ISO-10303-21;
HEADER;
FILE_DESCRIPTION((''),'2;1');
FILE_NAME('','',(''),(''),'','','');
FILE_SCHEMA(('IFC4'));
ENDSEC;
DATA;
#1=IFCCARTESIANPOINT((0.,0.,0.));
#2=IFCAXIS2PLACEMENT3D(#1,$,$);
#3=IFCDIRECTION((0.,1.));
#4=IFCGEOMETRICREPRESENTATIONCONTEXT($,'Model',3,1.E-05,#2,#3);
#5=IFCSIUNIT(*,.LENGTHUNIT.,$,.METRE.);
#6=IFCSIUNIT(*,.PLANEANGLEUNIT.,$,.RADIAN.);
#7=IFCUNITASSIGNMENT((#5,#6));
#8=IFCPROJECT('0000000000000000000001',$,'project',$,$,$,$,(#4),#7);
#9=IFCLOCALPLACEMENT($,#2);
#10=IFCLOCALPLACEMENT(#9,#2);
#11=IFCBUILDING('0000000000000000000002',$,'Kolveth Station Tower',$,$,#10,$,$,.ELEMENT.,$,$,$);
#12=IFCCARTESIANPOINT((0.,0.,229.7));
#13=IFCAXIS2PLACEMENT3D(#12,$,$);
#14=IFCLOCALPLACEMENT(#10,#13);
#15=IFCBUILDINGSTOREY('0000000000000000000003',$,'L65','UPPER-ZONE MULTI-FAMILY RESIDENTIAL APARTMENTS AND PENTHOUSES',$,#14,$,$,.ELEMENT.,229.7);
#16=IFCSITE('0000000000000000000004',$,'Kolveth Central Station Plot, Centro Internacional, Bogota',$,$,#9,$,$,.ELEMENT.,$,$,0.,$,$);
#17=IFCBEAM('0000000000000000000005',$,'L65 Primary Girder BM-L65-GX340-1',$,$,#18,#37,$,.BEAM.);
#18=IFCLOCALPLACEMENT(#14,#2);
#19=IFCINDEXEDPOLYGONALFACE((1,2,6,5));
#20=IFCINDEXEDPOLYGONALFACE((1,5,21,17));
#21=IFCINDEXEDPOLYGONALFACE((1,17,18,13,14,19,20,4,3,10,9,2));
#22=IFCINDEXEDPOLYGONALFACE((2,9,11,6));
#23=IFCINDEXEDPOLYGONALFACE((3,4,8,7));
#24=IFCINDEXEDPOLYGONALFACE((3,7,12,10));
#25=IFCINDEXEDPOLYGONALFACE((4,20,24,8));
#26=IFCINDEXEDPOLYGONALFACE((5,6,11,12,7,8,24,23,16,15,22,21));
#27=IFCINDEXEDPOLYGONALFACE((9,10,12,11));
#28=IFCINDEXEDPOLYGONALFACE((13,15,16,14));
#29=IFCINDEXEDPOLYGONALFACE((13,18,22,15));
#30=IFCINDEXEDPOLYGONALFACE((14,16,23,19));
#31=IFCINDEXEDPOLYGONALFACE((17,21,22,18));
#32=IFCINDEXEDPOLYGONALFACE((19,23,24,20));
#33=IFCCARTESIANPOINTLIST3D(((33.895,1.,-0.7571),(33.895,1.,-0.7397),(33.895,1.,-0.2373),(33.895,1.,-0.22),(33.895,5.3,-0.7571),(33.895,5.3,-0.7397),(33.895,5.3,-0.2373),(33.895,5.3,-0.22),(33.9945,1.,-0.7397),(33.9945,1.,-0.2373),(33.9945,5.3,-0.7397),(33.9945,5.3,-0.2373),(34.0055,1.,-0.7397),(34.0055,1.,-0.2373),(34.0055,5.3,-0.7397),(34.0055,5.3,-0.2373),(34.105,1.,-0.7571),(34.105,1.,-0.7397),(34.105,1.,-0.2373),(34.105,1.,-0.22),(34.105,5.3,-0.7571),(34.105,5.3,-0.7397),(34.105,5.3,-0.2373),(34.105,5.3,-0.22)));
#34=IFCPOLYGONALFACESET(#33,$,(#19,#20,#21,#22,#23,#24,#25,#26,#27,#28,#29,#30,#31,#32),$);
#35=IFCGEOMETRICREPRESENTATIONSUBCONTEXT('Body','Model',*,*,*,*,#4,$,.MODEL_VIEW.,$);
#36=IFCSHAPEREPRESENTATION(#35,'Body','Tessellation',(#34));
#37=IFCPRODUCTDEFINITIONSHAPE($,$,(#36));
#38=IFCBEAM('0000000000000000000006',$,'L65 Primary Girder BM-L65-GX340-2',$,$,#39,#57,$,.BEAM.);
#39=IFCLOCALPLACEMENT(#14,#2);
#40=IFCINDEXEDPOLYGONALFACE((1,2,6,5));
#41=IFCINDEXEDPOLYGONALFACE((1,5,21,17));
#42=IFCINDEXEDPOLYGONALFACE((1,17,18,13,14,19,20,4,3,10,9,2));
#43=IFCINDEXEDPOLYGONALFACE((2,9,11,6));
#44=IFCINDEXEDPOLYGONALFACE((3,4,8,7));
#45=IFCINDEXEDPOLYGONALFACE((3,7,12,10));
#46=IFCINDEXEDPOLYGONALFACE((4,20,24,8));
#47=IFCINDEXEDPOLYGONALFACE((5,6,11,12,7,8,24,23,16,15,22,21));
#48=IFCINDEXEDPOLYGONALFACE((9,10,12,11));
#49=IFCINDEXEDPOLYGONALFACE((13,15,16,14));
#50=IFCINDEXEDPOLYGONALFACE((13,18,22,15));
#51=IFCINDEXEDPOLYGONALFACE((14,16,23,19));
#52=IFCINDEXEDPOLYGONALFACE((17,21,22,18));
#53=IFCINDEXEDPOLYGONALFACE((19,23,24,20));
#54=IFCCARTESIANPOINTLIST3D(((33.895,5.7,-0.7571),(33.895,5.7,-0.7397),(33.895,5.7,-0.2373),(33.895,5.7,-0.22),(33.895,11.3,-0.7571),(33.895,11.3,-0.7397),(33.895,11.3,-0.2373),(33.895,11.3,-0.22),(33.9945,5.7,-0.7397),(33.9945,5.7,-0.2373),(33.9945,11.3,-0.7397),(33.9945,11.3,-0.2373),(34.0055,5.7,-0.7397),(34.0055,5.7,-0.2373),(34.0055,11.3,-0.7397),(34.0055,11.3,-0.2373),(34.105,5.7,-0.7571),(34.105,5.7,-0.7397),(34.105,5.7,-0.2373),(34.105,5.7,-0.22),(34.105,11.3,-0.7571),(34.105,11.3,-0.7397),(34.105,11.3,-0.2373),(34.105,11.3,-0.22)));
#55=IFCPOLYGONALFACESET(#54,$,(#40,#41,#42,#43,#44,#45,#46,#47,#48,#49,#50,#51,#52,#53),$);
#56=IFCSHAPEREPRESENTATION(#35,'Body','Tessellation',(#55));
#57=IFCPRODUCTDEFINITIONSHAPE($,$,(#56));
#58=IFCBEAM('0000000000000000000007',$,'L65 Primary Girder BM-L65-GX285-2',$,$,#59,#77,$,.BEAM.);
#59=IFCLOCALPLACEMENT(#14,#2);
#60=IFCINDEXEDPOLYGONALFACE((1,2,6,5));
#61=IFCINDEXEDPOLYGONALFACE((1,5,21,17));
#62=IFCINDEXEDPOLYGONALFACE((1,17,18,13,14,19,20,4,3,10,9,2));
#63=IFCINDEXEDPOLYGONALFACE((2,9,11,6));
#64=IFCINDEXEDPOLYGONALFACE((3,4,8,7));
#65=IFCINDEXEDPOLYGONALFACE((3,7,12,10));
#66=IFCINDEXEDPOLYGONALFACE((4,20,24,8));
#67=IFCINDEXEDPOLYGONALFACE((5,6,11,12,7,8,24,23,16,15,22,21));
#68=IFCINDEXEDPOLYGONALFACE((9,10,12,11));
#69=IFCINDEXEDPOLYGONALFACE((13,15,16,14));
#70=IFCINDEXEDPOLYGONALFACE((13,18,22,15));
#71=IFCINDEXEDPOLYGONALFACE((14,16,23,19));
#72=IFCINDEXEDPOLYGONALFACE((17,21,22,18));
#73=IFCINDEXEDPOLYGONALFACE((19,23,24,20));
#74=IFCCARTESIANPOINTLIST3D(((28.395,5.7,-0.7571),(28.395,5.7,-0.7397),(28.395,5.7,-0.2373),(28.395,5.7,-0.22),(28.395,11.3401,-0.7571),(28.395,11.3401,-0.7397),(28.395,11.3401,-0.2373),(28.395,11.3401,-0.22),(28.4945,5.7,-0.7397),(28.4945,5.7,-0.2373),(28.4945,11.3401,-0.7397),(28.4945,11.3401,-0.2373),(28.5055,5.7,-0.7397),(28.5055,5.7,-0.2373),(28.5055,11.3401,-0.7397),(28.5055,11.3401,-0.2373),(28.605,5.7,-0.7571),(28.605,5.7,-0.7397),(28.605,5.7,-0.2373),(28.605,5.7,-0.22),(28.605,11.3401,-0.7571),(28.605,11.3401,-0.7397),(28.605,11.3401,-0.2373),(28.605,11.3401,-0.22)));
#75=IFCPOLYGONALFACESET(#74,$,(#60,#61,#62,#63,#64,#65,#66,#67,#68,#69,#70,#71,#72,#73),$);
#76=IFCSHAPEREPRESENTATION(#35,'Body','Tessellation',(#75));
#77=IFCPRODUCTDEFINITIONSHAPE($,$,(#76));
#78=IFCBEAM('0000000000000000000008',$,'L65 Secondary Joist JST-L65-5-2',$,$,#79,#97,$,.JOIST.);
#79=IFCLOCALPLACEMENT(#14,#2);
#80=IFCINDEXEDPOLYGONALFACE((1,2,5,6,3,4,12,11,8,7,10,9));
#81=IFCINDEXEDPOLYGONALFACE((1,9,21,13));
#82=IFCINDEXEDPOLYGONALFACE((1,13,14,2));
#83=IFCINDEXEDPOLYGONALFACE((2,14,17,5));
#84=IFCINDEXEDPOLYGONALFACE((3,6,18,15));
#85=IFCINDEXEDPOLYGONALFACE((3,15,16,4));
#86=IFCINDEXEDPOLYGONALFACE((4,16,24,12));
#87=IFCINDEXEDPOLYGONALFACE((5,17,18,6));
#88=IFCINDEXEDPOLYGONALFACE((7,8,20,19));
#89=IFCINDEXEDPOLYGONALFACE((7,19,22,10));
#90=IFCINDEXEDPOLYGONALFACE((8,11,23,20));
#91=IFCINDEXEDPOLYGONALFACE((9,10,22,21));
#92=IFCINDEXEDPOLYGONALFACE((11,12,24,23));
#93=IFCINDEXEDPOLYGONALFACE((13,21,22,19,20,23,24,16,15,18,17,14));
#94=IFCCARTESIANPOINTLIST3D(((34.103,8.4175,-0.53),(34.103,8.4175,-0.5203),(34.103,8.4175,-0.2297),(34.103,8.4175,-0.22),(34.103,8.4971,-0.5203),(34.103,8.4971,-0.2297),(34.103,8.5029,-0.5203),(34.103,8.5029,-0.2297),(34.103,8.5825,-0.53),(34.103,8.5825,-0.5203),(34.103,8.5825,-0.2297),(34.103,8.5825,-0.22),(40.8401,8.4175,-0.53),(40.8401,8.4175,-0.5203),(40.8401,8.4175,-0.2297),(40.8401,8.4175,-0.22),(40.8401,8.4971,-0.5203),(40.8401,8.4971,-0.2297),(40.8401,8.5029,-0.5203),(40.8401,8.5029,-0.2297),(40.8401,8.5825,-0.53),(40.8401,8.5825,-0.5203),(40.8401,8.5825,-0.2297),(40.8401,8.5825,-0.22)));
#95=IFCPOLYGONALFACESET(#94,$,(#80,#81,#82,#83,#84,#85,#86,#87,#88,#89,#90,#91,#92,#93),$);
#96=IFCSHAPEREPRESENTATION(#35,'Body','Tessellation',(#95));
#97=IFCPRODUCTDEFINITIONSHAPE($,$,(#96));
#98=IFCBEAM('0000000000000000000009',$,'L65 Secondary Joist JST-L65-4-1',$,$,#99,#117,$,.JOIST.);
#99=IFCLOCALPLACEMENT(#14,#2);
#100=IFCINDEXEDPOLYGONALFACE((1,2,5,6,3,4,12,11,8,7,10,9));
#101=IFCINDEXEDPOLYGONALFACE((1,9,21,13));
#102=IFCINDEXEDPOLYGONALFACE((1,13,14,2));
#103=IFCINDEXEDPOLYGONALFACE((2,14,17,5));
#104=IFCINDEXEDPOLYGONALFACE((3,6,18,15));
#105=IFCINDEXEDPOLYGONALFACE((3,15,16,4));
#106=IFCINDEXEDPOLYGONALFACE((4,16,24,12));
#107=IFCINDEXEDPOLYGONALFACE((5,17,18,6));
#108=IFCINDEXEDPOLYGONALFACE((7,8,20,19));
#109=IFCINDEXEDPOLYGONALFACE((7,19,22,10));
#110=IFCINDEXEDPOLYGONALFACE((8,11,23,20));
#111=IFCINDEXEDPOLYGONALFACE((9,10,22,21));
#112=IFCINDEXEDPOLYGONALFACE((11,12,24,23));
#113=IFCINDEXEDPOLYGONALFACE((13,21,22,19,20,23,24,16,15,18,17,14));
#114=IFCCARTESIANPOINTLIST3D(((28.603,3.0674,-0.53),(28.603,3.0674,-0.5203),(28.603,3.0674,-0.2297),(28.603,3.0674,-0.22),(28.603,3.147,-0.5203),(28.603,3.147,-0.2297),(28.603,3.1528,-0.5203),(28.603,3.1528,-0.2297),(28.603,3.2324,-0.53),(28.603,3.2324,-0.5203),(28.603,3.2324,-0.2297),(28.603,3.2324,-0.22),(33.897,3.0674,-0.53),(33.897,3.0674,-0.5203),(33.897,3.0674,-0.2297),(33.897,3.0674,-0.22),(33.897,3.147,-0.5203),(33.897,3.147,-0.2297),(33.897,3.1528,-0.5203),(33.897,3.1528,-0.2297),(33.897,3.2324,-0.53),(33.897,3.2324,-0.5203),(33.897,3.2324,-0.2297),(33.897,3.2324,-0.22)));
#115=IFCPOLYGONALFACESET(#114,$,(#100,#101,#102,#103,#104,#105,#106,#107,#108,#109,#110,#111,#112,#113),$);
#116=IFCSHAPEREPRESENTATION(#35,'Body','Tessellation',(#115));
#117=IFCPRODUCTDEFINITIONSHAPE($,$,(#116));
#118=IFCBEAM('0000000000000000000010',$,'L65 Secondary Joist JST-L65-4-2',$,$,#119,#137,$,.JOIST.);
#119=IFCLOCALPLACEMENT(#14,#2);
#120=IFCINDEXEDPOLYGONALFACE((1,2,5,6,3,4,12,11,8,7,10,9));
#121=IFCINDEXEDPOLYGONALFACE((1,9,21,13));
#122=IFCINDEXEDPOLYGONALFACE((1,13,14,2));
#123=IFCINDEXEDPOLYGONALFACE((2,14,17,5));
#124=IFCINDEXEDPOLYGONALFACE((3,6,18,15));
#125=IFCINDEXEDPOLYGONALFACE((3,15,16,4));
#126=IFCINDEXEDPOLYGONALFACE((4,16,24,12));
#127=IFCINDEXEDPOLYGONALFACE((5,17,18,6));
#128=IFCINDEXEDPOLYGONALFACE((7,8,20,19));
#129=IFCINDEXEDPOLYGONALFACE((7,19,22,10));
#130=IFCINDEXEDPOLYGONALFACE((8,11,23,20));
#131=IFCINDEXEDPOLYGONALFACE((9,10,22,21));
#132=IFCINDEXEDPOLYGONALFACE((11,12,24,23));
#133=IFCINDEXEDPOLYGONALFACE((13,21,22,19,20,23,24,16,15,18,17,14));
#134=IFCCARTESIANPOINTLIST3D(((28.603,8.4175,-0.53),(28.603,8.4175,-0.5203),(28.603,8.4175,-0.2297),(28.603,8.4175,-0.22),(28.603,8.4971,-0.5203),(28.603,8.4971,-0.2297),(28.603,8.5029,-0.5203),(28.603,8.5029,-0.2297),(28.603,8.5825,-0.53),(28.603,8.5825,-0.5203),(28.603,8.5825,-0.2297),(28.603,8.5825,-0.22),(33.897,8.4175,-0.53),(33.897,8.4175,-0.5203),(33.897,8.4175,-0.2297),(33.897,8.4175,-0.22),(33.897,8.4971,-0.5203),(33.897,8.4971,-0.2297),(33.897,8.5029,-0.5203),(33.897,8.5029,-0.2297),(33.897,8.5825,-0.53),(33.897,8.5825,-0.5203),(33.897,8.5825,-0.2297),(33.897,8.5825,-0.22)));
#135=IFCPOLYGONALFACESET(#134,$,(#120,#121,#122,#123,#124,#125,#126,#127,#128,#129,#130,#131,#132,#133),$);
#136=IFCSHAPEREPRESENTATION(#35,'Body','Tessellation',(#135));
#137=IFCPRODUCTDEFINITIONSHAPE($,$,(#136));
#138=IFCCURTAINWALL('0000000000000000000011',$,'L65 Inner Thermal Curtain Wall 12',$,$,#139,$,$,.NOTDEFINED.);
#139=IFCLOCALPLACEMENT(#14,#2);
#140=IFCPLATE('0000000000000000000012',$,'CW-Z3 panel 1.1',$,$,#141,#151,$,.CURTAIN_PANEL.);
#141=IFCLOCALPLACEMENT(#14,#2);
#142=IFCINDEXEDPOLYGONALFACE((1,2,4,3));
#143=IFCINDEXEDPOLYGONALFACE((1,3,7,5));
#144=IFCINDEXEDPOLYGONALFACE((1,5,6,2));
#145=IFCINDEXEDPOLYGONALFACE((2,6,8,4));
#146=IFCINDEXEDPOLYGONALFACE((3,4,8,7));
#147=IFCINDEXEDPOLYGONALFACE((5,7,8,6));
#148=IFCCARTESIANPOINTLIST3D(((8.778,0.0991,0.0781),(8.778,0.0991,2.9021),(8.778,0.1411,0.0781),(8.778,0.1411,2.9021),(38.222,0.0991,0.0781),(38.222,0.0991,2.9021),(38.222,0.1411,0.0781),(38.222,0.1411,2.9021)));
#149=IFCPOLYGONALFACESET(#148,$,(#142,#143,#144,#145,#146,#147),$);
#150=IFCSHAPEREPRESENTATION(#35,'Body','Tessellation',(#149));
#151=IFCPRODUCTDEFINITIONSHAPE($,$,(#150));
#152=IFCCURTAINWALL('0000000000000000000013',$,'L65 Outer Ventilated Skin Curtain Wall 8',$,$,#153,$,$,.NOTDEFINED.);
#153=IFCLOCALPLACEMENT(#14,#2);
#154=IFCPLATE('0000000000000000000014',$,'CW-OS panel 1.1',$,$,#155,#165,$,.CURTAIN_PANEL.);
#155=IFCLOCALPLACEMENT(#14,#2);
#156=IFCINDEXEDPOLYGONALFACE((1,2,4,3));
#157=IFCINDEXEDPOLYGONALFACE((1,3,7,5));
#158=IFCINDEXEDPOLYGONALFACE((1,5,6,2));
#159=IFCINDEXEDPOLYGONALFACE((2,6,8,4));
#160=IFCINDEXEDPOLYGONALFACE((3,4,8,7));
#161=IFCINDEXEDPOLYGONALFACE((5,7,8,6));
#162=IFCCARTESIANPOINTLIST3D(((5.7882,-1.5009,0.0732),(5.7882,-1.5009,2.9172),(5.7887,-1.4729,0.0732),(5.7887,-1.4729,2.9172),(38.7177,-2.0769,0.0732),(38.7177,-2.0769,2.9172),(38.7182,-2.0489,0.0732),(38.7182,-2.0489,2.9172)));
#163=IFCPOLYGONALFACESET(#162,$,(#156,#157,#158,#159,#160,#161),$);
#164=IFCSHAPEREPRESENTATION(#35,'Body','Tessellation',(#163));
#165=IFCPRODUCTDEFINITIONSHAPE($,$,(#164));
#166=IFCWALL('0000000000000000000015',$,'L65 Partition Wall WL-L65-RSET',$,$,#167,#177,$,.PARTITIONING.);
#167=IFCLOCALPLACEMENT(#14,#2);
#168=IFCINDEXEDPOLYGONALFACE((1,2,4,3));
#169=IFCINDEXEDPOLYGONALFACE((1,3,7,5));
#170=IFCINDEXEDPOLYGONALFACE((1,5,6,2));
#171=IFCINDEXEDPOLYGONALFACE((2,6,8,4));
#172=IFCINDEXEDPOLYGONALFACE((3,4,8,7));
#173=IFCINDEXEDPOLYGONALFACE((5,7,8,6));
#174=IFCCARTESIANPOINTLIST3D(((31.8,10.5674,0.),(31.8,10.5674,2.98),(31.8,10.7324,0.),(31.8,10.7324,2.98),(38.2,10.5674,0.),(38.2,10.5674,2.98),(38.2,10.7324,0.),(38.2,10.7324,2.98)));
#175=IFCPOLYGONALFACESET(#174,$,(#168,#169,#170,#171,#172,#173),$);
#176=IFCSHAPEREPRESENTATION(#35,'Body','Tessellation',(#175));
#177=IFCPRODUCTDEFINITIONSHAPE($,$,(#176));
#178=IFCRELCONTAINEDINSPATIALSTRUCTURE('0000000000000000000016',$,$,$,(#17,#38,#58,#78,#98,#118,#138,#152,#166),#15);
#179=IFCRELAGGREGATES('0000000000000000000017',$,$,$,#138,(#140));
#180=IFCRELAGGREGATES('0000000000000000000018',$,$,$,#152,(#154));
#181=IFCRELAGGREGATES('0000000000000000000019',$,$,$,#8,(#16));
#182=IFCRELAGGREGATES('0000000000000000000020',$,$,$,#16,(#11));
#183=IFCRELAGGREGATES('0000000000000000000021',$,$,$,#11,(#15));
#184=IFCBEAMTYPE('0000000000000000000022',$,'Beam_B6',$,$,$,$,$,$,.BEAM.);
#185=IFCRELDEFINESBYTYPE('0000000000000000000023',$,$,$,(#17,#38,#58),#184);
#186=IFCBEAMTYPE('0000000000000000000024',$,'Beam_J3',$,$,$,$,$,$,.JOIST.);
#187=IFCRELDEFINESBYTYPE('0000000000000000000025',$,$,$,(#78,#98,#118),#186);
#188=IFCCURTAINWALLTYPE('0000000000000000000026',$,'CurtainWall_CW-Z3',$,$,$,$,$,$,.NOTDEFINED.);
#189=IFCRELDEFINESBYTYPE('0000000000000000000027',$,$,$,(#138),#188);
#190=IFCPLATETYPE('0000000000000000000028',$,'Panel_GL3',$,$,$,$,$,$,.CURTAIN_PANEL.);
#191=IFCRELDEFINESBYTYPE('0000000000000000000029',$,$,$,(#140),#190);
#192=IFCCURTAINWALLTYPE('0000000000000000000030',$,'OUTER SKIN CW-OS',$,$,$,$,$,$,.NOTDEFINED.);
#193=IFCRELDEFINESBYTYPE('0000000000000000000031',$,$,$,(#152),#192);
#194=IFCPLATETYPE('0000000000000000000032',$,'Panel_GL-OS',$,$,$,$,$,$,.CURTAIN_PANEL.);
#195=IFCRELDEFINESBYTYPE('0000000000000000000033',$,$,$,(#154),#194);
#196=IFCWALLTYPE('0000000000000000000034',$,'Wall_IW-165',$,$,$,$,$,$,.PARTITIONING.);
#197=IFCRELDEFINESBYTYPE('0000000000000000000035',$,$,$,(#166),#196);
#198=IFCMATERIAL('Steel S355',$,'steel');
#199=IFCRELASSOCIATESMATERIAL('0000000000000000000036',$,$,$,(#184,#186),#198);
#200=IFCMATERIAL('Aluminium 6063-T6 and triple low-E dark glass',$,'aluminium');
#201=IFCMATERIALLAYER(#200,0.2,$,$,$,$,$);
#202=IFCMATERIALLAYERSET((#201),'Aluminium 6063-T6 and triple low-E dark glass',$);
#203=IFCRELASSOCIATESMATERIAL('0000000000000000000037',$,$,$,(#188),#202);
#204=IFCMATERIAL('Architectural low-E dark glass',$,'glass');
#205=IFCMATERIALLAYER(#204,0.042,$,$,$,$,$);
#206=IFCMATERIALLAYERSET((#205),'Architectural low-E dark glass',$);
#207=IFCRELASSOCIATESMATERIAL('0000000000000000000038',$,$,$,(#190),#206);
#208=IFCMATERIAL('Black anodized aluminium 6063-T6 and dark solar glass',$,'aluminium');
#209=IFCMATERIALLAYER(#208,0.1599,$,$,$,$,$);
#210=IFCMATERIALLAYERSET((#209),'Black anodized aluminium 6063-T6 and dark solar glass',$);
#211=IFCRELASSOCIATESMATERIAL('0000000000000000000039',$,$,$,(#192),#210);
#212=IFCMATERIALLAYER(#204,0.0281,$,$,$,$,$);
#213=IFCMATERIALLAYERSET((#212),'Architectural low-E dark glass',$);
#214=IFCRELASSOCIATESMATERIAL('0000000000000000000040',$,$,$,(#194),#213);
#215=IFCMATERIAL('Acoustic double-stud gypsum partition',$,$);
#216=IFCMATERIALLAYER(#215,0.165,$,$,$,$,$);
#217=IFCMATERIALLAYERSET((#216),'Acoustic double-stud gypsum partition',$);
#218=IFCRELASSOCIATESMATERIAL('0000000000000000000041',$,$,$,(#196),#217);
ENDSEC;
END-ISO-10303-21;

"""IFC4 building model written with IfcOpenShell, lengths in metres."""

from ifc_helpers import new_model, si_unit, direction, frame, frame_2d, origin, origin_2d, place, context, subcontext, project, spatial, rectangle, i_section, extrude, source, transform, mapped, material, layer, layer_set, material_profile, profile_set, type_object, element, aggregate, save


model = new_model("IFC4")

# Units and contexts
model_context = context("Model", 3, precision=1e-05, world=origin(), true_north=direction((0.0, 1.0)))
body_context = subcontext(model_context, "Body", "Model", "MODEL_VIEW")
ifc_project = project(units=[si_unit("LENGTHUNIT", "METRE"), si_unit("PLANEANGLEUNIT", "RADIAN")], contexts=[model_context])

# Site, building, storey
site_placement = place(None, origin())
site = spatial("IfcSite", under=ifc_project, at=site_placement, Name="Kolveth Central Station Plot, Centro Internacional, Bogota", CompositionType="ELEMENT", RefElevation=0.0)
building_placement = place(site_placement, origin())
building = spatial("IfcBuilding", under=site, at=building_placement, Name="Kolveth Station Tower", CompositionType="ELEMENT")
storey_placement = place(building_placement, frame((0.0, 0.0, 229.7)))
storey = spatial("IfcBuildingStorey", under=building, at=storey_placement, Name="L65", Description="UPPER-ZONE MULTI-FAMILY RESIDENTIAL APARTMENTS AND PENTHOUSES", CompositionType="ELEMENT", Elevation=229.7)

# Shared definitions
ifc_material_1 = material(Name="Steel S355", Category="steel")

# Beams
ifc_material_profile_1 = material_profile(ifc_material_1, i_section(OverallWidth=0.21, OverallDepth=0.5371, WebThickness=0.011, FlangeThickness=0.0173, at=origin_2d()), Name="W530x101")
ifc_profile_set_1 = profile_set([ifc_material_profile_1], Name="Steel S355")
beam_type_1 = type_object("IfcBeamType", Name="Beam_B6", PredefinedType="BEAM", material=ifc_profile_set_1)
shared_shape_1 = source(origin(), body_context, "Body", "SweptSolid", [
    extrude(i_section(OverallWidth=0.21, OverallDepth=0.5371, WebThickness=0.011, FlangeThickness=0.0173, at=origin_2d()), origin(), (0.0, 0.0, 1.0), 4.3),
])
for number, where, z_axis, x_axis, name in (
    (1, (34.0, 1.0, -0.4885), (0.0, 1.0, 0.0), (-1.0, 0.0, 0.0), "L65 Primary Girder BM-L65-GX340-1"),
):
    element("IfcBeam", number, at=place(storey_placement, frame(where, z_axis=z_axis, x_axis=x_axis)), inside=storey, type_object=beam_type_1, Name=name, PredefinedType="BEAM", context=body_context, shape_type="MappedRepresentation", body=[
        mapped(shared_shape_1, transform((0.0, 0.0, 0.0), x_axis=(1.0, 0.0, 0.0), y_axis=(0.0, 1.0, 0.0), z_axis=(0.0, 0.0, 1.0), scale=1.0)),
    ])
shared_shape_2 = source(origin(), body_context, "Body", "SweptSolid", [
    extrude(i_section(OverallWidth=0.21, OverallDepth=0.5371, WebThickness=0.011, FlangeThickness=0.0173, at=origin_2d()), origin(), (0.0, 0.0, 1.0), 5.6001),
])
beam_1_placement = place(storey_placement, frame((34.0, 5.7, -0.4885), z_axis=(0.0, 1.0, 0.0), x_axis=(-1.0, 0.0, 0.0)))
element("IfcBeam", 2, at=beam_1_placement, inside=storey, type_object=beam_type_1, Name="L65 Primary Girder BM-L65-GX340-2", PredefinedType="BEAM", context=body_context, shape_type="MappedRepresentation", body=[
    mapped(shared_shape_2, transform((0.0, 0.0, 0.0), x_axis=(1.0, 0.0, 0.0), y_axis=(0.0, 1.0, 0.0), z_axis=(0.0, 0.0, 1.0), scale=1.0)),
])
shared_shape_3 = source(origin(), body_context, "Body", "SweptSolid", [
    extrude(i_section(OverallWidth=0.21, OverallDepth=0.5371, WebThickness=0.011, FlangeThickness=0.0173, at=origin_2d()), origin(), (0.0, 0.0, 1.0), 5.6401),
])
beam_2_placement = place(storey_placement, frame((28.5, 5.7, -0.4885), z_axis=(0.0, 1.0, 0.0), x_axis=(-1.0, 0.0, 0.0)))
element("IfcBeam", 3, at=beam_2_placement, inside=storey, type_object=beam_type_1, Name="L65 Primary Girder BM-L65-GX285-2", PredefinedType="BEAM", context=body_context, shape_type="MappedRepresentation", body=[
    mapped(shared_shape_3, transform((0.0, 0.0, 0.0), x_axis=(1.0, 0.0, 0.0), y_axis=(0.0, 1.0, 0.0), z_axis=(0.0, 0.0, 1.0), scale=1.0)),
])
ifc_material_profile_2 = material_profile(ifc_material_1, i_section(OverallWidth=0.165, OverallDepth=0.3101, WebThickness=0.0059, FlangeThickness=0.0098, at=origin_2d()), Name="W310x39")
ifc_profile_set_2 = profile_set([ifc_material_profile_2], Name="Steel S355")
beam_type_2 = type_object("IfcBeamType", Name="Beam_J3", PredefinedType="JOIST", material=ifc_profile_set_2)
shared_shape_4 = source(origin(), body_context, "Body", "SweptSolid", [
    extrude(i_section(OverallWidth=0.165, OverallDepth=0.3101, WebThickness=0.0059, FlangeThickness=0.0098, at=origin_2d()), origin(), (0.0, 0.0, 1.0), 6.7371),
])
beam_3_placement = place(storey_placement, frame((34.103, 8.5, -0.375), z_axis=(1.0, 0.0, 0.0), x_axis=(0.0, 1.0, 0.0)))
element("IfcBeam", 4, at=beam_3_placement, inside=storey, type_object=beam_type_2, Name="L65 Secondary Joist JST-L65-5-2", PredefinedType="JOIST", context=body_context, shape_type="MappedRepresentation", body=[
    mapped(shared_shape_4, transform((0.0, 0.0, 0.0), x_axis=(1.0, 0.0, 0.0), y_axis=(0.0, 1.0, 0.0), z_axis=(0.0, 0.0, 1.0), scale=1.0)),
])
shared_shape_5 = source(origin(), body_context, "Body", "SweptSolid", [
    extrude(i_section(OverallWidth=0.165, OverallDepth=0.3101, WebThickness=0.0059, FlangeThickness=0.0098, at=origin_2d()), origin(), (0.0, 0.0, 1.0), 5.2939),
])
for number, where, z_axis, x_axis, name in (
    (5, (28.603, 3.1499, -0.375), (1.0, 0.0, 0.0), (0.0, 1.0, 0.0), "L65 Secondary Joist JST-L65-4-1"),
    (6, (28.603, 8.5, -0.375), (1.0, 0.0, 0.0), (0.0, 1.0, 0.0), "L65 Secondary Joist JST-L65-4-2"),
):
    element("IfcBeam", number, at=place(storey_placement, frame(where, z_axis=z_axis, x_axis=x_axis)), inside=storey, type_object=beam_type_2, Name=name, PredefinedType="JOIST", context=body_context, shape_type="MappedRepresentation", body=[
        mapped(shared_shape_5, transform((0.0, 0.0, 0.0), x_axis=(1.0, 0.0, 0.0), y_axis=(0.0, 1.0, 0.0), z_axis=(0.0, 0.0, 1.0), scale=1.0)),
    ])

# Curtain walls, plates
ifc_material_2 = material(Name="Aluminium 6063-T6 and triple low-E dark glass", Category="aluminium")
ifc_layer_1 = layer(ifc_material_2, 0.2)
ifc_layer_set_1 = layer_set([ifc_layer_1], Name="Aluminium 6063-T6 and triple low-E dark glass")
curtain_wall_type_1 = type_object("IfcCurtainWallType", Name="CurtainWall_CW-Z3", PredefinedType="NOTDEFINED", material=ifc_layer_set_1)
curtain_wall_1_placement = place(storey_placement, origin())
curtain_wall_1 = element("IfcCurtainWall", 7, at=curtain_wall_1_placement, inside=storey, type_object=curtain_wall_type_1, Name="L65 Inner Thermal Curtain Wall 12", PredefinedType="NOTDEFINED")
ifc_material_3 = material(Name="Architectural low-E dark glass", Category="glass")
ifc_layer_2 = layer(ifc_material_3, 0.042)
ifc_layer_set_2 = layer_set([ifc_layer_2], Name="Architectural low-E dark glass")
plate_type_1 = type_object("IfcPlateType", Name="Panel_GL3", PredefinedType="CURTAIN_PANEL", material=ifc_layer_set_2)
shared_shape_6 = source(origin(), body_context, "Body", "SweptSolid", [
    extrude(rectangle(XDim=29.4441, YDim=0.042, at=origin_2d()), origin(), (0.0, 0.0, 1.0), 2.824),
])
plate_1_placement = place(storey_placement, frame((23.5, 0.1201, 0.0781), z_axis=(0.0, 0.0, 1.0), x_axis=(1.0, 0.0, 0.0)))
plate_1 = element("IfcPlate", 8, at=plate_1_placement, type_object=plate_type_1, Name="CW-Z3 panel 1.1", PredefinedType="CURTAIN_PANEL", context=body_context, shape_type="MappedRepresentation", body=[
    mapped(shared_shape_6, transform((0.0, 0.0, 0.0), x_axis=(1.0, 0.0, 0.0), y_axis=(0.0, 1.0, 0.0), z_axis=(0.0, 0.0, 1.0), scale=1.0)),
])
aggregate(curtain_wall_1, [plate_1])
ifc_material_4 = material(Name="Black anodized aluminium 6063-T6 and dark solar glass", Category="aluminium")
ifc_layer_3 = layer(ifc_material_4, 0.1599)
ifc_layer_set_3 = layer_set([ifc_layer_3], Name="Black anodized aluminium 6063-T6 and dark solar glass")
curtain_wall_type_2 = type_object("IfcCurtainWallType", Name="OUTER SKIN CW-OS", PredefinedType="NOTDEFINED", material=ifc_layer_set_3)
curtain_wall_2_placement = place(storey_placement, origin())
curtain_wall_2 = element("IfcCurtainWall", 9, at=curtain_wall_2_placement, inside=storey, type_object=curtain_wall_type_2, Name="L65 Outer Ventilated Skin Curtain Wall 8", PredefinedType="NOTDEFINED")
ifc_layer_4 = layer(ifc_material_3, 0.0281)
ifc_layer_set_4 = layer_set([ifc_layer_4], Name="Architectural low-E dark glass")
plate_type_2 = type_object("IfcPlateType", Name="Panel_GL-OS", PredefinedType="CURTAIN_PANEL", material=ifc_layer_set_4)
shared_shape_7 = source(origin(), body_context, "Body", "SweptSolid", [
    extrude(rectangle(XDim=32.9346, YDim=0.0281, at=origin_2d()), origin(), (0.0, 0.0, 1.0), 2.844),
])
plate_2_placement = place(storey_placement, frame((22.2532, -1.7749, 0.0732), z_axis=(0.0, 0.0, 1.0), x_axis=(0.999847, -0.017489, 0.0)))
plate_2 = element("IfcPlate", 10, at=plate_2_placement, type_object=plate_type_2, Name="CW-OS panel 1.1", PredefinedType="CURTAIN_PANEL", context=body_context, shape_type="MappedRepresentation", body=[
    mapped(shared_shape_7, transform((0.0, 0.0, 0.0), x_axis=(1.0, 0.0, 0.0), y_axis=(0.0, 1.0, 0.0), z_axis=(0.0, 0.0, 1.0), scale=1.0)),
])
aggregate(curtain_wall_2, [plate_2])

# Wall
ifc_material_5 = material(Name="Acoustic double-stud gypsum partition")
ifc_layer_5 = layer(ifc_material_5, 0.165)
ifc_layer_set_5 = layer_set([ifc_layer_5], Name="Acoustic double-stud gypsum partition")
wall_type = type_object("IfcWallType", Name="Wall_IW-165", PredefinedType="PARTITIONING", material=ifc_layer_set_5)
wall_1_placement = place(storey_placement, frame((31.8, 10.6499, 0.0), z_axis=(0.0, 0.0, 1.0), x_axis=(1.0, 0.0, 0.0)))
element("IfcWall", 11, at=wall_1_placement, inside=storey, type_object=wall_type, Name="L65 Partition Wall WL-L65-RSET", PredefinedType="PARTITIONING", context=body_context, shape_type="SweptSolid", body=[
    extrude(rectangle(XDim=6.3999, YDim=0.165, at=frame_2d((3.2, 0.0))), origin(), (0.0, 0.0, 1.0), 2.98),
])

save(model, "model.ifc")
